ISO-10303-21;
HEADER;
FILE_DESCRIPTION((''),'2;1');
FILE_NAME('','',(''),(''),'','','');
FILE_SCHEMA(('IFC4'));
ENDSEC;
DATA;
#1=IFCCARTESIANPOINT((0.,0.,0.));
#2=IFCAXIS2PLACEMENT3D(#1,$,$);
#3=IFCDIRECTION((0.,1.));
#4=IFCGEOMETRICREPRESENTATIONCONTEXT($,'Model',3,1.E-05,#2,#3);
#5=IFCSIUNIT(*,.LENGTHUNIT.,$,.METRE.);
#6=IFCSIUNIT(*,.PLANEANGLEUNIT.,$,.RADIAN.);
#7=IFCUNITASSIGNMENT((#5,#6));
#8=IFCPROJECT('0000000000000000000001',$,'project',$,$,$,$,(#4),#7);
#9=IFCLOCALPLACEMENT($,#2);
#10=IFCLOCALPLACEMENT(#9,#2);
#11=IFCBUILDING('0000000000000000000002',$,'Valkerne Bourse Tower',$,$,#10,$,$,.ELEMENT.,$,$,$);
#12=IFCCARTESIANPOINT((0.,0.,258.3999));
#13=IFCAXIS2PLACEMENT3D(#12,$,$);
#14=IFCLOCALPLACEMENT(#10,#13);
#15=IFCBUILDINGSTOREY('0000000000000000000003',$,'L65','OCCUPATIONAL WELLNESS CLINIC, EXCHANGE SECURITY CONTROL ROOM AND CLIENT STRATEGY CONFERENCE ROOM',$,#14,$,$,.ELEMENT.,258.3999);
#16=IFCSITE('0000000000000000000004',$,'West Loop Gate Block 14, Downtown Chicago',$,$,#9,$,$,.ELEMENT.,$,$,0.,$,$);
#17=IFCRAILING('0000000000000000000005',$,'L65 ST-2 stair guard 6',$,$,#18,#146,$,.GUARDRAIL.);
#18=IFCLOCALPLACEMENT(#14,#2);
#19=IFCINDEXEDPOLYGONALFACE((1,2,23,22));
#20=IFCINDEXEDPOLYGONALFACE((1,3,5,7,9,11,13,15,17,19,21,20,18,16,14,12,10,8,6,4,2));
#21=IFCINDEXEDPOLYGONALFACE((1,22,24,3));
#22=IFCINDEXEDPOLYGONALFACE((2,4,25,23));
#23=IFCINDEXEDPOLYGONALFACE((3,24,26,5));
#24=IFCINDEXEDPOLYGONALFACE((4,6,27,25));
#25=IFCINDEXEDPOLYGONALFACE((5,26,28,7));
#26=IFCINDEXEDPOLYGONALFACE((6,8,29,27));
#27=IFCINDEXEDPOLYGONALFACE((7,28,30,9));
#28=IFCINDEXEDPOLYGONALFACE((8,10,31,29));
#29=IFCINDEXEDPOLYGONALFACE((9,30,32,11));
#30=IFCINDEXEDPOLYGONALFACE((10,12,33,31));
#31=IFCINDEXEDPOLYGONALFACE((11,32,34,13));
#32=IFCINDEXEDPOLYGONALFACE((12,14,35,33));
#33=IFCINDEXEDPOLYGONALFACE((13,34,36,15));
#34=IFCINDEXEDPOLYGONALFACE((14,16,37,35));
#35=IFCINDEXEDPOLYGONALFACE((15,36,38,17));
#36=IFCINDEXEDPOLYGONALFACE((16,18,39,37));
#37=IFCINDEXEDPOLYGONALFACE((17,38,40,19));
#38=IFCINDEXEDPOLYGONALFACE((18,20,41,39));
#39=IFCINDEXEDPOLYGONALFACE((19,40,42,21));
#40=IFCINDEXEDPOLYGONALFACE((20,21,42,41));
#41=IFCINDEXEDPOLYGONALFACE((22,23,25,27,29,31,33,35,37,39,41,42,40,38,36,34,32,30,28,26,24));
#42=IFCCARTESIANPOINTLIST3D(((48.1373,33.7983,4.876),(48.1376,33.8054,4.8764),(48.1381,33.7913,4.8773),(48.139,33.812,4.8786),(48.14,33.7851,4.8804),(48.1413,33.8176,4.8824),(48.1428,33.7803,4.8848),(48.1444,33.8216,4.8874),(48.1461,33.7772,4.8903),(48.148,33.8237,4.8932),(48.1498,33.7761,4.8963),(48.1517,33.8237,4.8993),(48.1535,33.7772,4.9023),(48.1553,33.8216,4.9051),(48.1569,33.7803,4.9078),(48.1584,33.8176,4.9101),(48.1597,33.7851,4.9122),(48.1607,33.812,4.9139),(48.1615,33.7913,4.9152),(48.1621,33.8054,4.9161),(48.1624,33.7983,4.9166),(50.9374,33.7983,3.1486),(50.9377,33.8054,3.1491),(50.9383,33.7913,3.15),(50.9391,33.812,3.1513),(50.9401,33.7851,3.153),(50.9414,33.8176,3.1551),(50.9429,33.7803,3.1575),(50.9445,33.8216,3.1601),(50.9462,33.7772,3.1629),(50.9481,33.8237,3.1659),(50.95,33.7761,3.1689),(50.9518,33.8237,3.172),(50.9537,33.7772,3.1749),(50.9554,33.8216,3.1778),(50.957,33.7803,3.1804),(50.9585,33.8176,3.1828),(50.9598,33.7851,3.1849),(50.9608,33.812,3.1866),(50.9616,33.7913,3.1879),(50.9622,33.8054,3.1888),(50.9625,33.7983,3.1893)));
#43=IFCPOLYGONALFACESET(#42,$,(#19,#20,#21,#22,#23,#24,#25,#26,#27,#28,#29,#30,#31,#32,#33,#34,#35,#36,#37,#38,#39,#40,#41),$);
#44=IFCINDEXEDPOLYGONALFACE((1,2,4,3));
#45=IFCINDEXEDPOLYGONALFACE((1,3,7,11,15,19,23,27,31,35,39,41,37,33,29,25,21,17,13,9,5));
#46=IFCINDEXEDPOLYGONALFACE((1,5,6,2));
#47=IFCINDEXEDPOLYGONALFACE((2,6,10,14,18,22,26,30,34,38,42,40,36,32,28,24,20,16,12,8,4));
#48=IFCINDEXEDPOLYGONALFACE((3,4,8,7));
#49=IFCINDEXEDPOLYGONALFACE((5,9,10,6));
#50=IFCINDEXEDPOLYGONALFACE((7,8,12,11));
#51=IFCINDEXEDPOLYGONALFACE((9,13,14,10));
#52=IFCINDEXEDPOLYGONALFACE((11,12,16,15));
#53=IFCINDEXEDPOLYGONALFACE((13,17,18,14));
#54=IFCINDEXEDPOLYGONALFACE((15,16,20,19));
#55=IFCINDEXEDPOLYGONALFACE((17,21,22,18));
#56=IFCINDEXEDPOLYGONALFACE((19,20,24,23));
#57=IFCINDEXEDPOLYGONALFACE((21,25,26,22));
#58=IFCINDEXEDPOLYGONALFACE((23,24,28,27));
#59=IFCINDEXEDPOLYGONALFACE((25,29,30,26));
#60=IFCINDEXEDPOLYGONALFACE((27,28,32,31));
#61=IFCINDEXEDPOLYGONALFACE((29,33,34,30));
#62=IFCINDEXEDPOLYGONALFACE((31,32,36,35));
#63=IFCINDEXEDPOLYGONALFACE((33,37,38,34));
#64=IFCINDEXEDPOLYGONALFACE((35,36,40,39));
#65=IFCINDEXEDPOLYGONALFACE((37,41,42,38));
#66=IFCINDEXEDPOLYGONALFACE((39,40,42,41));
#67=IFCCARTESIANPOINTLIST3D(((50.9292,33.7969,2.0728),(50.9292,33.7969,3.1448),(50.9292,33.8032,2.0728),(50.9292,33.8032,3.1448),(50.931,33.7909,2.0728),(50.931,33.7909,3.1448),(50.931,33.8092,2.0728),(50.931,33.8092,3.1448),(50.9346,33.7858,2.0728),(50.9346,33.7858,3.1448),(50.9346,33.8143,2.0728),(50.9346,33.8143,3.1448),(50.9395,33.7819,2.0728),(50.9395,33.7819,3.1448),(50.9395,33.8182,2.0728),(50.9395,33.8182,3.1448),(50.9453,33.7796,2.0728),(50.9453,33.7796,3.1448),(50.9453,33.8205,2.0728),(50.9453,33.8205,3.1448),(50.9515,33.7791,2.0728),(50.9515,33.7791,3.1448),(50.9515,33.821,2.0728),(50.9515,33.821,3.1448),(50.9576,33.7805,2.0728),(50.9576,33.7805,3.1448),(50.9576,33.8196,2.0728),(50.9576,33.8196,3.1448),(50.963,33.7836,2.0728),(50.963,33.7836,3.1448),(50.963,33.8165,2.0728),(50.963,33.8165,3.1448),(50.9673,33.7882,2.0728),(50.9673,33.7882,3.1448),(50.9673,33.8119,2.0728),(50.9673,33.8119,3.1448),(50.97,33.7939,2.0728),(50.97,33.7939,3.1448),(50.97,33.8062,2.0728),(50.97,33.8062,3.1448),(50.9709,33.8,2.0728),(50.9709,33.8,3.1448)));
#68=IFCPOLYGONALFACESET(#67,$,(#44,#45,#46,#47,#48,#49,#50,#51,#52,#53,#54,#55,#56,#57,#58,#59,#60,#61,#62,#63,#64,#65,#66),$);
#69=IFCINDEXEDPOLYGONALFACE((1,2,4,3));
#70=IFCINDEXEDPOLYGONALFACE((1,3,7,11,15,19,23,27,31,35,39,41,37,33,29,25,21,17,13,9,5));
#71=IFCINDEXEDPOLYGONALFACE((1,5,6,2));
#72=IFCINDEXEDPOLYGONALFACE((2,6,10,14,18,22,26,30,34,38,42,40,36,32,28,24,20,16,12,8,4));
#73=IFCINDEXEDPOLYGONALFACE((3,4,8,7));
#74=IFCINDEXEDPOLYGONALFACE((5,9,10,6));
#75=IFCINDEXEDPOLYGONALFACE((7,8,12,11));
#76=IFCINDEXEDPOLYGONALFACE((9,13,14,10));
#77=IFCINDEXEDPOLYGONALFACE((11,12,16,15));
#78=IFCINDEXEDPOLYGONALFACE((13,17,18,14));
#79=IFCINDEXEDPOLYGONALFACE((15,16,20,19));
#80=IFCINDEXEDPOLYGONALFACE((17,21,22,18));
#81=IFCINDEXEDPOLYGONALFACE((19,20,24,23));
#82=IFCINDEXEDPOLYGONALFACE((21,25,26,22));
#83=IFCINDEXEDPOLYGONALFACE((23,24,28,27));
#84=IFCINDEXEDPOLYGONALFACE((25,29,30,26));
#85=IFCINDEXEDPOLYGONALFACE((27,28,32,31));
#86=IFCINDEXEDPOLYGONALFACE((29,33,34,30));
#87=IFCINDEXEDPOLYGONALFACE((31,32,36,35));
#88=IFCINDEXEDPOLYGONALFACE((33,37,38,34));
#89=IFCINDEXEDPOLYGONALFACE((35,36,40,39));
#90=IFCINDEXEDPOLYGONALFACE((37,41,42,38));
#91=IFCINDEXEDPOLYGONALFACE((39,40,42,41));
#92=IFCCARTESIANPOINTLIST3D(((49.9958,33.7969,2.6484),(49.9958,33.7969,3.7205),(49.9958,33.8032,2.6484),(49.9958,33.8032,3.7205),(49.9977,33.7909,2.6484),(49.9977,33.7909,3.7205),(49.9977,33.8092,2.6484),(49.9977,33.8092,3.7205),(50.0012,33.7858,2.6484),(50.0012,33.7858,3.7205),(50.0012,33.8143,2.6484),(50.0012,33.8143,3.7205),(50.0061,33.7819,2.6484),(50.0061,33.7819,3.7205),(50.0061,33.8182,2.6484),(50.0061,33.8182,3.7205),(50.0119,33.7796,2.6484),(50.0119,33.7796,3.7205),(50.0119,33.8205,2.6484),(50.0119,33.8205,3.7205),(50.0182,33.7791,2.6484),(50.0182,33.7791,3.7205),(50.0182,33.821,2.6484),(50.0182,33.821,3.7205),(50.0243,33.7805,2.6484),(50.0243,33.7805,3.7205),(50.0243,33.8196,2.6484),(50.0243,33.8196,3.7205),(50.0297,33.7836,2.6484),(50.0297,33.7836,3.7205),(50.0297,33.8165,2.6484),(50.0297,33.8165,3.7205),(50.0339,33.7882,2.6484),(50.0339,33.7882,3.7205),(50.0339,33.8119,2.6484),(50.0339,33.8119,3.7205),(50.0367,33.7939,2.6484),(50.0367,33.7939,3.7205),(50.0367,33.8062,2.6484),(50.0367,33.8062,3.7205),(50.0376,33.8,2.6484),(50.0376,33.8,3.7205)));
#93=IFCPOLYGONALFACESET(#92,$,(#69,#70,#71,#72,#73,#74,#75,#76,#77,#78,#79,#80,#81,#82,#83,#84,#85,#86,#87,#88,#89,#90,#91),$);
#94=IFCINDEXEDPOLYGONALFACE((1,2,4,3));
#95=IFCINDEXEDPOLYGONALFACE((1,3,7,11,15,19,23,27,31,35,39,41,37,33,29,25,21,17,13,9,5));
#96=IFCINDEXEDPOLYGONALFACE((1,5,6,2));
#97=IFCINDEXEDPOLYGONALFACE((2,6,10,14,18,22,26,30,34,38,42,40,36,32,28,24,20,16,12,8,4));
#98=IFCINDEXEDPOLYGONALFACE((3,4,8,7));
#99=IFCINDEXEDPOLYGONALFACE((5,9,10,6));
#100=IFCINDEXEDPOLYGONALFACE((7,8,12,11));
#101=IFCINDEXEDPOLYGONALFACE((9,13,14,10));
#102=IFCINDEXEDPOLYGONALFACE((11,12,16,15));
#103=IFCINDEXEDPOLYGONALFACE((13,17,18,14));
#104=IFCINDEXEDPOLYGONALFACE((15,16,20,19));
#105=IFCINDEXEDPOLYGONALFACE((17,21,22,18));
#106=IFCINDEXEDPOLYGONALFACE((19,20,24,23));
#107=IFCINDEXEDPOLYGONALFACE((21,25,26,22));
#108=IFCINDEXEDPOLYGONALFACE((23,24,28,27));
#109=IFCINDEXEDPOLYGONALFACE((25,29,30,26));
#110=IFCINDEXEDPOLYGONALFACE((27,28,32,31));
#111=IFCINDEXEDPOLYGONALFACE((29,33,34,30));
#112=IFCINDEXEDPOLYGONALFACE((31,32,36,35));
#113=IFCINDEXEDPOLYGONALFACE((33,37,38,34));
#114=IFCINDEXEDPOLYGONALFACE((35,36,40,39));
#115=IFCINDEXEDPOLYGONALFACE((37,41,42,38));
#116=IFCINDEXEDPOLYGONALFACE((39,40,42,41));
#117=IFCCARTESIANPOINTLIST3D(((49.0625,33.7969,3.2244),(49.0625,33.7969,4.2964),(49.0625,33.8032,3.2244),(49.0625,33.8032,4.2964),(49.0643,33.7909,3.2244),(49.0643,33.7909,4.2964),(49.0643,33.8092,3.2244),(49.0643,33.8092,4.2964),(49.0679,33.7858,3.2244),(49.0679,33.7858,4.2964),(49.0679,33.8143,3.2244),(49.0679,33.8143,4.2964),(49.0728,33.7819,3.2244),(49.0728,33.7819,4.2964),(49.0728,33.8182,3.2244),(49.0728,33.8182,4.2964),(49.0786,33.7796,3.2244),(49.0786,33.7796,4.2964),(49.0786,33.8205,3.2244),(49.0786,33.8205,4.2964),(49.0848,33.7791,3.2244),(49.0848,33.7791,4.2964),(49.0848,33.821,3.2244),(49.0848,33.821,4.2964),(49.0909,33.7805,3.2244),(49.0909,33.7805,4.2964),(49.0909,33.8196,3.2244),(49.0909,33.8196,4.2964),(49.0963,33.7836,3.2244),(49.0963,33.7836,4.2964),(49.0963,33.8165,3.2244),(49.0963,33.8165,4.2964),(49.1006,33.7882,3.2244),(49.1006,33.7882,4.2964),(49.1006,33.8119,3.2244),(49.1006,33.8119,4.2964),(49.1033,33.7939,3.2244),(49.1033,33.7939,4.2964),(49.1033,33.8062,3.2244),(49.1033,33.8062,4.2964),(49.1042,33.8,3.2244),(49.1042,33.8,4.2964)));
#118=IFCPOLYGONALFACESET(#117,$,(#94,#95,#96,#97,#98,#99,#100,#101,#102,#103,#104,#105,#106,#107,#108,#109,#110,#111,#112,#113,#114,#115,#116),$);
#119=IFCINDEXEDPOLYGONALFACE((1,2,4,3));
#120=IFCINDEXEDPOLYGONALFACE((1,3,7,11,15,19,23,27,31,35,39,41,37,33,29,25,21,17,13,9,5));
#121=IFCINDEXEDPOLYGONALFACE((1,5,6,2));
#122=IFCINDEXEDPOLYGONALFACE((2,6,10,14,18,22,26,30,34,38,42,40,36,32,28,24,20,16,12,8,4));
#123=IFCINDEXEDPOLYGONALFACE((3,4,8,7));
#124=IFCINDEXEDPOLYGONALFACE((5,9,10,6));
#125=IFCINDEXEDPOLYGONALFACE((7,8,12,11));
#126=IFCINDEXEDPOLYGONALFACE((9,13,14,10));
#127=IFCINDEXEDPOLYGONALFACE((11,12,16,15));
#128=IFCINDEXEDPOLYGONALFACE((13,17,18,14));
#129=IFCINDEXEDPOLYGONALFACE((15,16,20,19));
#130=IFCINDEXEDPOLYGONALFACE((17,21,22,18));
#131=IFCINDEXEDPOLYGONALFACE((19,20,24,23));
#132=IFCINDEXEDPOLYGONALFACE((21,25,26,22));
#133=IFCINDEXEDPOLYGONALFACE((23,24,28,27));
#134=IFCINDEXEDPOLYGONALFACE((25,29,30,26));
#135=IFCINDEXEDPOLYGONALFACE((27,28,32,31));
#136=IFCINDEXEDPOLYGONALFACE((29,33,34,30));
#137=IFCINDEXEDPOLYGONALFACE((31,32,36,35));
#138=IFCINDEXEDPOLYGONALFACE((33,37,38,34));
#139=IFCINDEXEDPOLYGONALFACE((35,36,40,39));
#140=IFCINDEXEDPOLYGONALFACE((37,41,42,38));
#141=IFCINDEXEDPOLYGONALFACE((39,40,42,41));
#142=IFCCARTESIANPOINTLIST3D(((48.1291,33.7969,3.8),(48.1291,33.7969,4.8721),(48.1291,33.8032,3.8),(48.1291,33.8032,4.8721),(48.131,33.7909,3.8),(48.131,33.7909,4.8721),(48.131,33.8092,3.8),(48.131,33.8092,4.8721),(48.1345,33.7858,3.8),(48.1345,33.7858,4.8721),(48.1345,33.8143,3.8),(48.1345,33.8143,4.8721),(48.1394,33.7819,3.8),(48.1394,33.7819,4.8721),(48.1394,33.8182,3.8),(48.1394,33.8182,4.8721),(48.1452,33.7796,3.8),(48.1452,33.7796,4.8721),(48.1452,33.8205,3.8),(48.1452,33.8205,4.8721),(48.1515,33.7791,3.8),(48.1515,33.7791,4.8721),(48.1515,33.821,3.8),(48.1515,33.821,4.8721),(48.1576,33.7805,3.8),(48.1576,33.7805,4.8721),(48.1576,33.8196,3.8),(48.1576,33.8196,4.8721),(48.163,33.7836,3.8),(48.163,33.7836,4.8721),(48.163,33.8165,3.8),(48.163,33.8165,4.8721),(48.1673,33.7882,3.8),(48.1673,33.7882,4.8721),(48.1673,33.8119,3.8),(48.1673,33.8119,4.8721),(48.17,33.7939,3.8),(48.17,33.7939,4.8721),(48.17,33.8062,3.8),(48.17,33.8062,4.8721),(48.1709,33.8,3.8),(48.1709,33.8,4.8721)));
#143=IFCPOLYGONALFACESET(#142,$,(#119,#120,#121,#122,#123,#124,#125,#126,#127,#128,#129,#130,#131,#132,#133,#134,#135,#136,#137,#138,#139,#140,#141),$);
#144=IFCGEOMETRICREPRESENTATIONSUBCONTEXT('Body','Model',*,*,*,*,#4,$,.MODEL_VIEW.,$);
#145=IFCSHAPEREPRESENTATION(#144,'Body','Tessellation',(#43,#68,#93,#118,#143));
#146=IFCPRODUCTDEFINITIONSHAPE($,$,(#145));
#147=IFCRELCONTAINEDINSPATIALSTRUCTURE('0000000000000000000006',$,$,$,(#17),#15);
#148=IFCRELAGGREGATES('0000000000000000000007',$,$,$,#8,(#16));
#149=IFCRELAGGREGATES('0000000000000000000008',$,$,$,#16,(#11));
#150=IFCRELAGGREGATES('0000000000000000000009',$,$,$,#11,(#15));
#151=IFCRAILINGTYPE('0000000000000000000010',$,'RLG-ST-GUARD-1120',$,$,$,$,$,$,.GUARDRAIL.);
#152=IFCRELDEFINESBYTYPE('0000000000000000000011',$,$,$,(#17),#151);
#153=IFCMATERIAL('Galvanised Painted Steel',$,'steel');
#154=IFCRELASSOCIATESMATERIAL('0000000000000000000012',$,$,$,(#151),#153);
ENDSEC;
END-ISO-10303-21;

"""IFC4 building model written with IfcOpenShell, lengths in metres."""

from ifc_helpers import new_model, si_unit, direction, frame, origin, origin_2d, place, context, subcontext, project, spatial, circle, extrude, material, type_object, element, save


model = new_model("IFC4")

# Units and contexts
model_context = context("Model", 3, precision=1e-05, world=origin(), true_north=direction((0.0, 1.0)))
body_context = subcontext(model_context, "Body", "Model", "MODEL_VIEW")
ifc_project = project(units=[si_unit("LENGTHUNIT", "METRE"), si_unit("PLANEANGLEUNIT", "RADIAN")], contexts=[model_context])

# Site, building, storey
site_placement = place(None, origin())
site = spatial("IfcSite", under=ifc_project, at=site_placement, Name="West Loop Gate Block 14, Downtown Chicago", CompositionType="ELEMENT", RefElevation=0.0)
building_placement = place(site_placement, origin())
building = spatial("IfcBuilding", under=site, at=building_placement, Name="Valkerne Bourse Tower", CompositionType="ELEMENT")
storey_placement = place(building_placement, frame((0.0, 0.0, 258.3999)))
storey = spatial("IfcBuildingStorey", under=building, at=storey_placement, Name="L65", Description="OCCUPATIONAL WELLNESS CLINIC, EXCHANGE SECURITY CONTROL ROOM AND CLIENT STRATEGY CONFERENCE ROOM", CompositionType="ELEMENT", Elevation=258.3999)

# Shared definitions
ifc_material_1 = material(Name="Galvanised Painted Steel", Category="steel")

# Railing
railing_type_1 = type_object("IfcRailingType", Name="RLG-ST-GUARD-1120", PredefinedType="GUARDRAIL", material=ifc_material_1)
railing_1_placement = place(storey_placement, frame((50.95, 33.8, 2.0728)))
element("IfcRailing", 1, at=railing_1_placement, inside=storey, type_object=railing_type_1, Name="L65 ST-2 stair guard 6", PredefinedType="GUARDRAIL", context=body_context, shape_type="SweptSolid", body=[
    extrude(circle(Radius=0.0239, at=origin_2d()), frame((0.0, 0.0, 1.0962), z_axis=(-0.85109, 0.0, 0.52502), x_axis=(0.0, -1.0, 0.0)), (0.0, 0.0, 1.0), 3.29),
    extrude(circle(Radius=0.021, at=origin_2d()), origin(), (0.0, 0.0, 1.0), 1.072),
    extrude(circle(Radius=0.021, at=origin_2d()), frame((-0.9333, 0.0, 0.5757)), (0.0, 0.0, 1.0), 1.072),
    extrude(circle(Radius=0.021, at=origin_2d()), frame((-1.8667, 0.0, 1.1516)), (0.0, 0.0, 1.0), 1.072),
    extrude(circle(Radius=0.021, at=origin_2d()), frame((-2.8, 0.0, 1.7273)), (0.0, 0.0, 1.0), 1.072),
])

save(model, "model.ifc")
